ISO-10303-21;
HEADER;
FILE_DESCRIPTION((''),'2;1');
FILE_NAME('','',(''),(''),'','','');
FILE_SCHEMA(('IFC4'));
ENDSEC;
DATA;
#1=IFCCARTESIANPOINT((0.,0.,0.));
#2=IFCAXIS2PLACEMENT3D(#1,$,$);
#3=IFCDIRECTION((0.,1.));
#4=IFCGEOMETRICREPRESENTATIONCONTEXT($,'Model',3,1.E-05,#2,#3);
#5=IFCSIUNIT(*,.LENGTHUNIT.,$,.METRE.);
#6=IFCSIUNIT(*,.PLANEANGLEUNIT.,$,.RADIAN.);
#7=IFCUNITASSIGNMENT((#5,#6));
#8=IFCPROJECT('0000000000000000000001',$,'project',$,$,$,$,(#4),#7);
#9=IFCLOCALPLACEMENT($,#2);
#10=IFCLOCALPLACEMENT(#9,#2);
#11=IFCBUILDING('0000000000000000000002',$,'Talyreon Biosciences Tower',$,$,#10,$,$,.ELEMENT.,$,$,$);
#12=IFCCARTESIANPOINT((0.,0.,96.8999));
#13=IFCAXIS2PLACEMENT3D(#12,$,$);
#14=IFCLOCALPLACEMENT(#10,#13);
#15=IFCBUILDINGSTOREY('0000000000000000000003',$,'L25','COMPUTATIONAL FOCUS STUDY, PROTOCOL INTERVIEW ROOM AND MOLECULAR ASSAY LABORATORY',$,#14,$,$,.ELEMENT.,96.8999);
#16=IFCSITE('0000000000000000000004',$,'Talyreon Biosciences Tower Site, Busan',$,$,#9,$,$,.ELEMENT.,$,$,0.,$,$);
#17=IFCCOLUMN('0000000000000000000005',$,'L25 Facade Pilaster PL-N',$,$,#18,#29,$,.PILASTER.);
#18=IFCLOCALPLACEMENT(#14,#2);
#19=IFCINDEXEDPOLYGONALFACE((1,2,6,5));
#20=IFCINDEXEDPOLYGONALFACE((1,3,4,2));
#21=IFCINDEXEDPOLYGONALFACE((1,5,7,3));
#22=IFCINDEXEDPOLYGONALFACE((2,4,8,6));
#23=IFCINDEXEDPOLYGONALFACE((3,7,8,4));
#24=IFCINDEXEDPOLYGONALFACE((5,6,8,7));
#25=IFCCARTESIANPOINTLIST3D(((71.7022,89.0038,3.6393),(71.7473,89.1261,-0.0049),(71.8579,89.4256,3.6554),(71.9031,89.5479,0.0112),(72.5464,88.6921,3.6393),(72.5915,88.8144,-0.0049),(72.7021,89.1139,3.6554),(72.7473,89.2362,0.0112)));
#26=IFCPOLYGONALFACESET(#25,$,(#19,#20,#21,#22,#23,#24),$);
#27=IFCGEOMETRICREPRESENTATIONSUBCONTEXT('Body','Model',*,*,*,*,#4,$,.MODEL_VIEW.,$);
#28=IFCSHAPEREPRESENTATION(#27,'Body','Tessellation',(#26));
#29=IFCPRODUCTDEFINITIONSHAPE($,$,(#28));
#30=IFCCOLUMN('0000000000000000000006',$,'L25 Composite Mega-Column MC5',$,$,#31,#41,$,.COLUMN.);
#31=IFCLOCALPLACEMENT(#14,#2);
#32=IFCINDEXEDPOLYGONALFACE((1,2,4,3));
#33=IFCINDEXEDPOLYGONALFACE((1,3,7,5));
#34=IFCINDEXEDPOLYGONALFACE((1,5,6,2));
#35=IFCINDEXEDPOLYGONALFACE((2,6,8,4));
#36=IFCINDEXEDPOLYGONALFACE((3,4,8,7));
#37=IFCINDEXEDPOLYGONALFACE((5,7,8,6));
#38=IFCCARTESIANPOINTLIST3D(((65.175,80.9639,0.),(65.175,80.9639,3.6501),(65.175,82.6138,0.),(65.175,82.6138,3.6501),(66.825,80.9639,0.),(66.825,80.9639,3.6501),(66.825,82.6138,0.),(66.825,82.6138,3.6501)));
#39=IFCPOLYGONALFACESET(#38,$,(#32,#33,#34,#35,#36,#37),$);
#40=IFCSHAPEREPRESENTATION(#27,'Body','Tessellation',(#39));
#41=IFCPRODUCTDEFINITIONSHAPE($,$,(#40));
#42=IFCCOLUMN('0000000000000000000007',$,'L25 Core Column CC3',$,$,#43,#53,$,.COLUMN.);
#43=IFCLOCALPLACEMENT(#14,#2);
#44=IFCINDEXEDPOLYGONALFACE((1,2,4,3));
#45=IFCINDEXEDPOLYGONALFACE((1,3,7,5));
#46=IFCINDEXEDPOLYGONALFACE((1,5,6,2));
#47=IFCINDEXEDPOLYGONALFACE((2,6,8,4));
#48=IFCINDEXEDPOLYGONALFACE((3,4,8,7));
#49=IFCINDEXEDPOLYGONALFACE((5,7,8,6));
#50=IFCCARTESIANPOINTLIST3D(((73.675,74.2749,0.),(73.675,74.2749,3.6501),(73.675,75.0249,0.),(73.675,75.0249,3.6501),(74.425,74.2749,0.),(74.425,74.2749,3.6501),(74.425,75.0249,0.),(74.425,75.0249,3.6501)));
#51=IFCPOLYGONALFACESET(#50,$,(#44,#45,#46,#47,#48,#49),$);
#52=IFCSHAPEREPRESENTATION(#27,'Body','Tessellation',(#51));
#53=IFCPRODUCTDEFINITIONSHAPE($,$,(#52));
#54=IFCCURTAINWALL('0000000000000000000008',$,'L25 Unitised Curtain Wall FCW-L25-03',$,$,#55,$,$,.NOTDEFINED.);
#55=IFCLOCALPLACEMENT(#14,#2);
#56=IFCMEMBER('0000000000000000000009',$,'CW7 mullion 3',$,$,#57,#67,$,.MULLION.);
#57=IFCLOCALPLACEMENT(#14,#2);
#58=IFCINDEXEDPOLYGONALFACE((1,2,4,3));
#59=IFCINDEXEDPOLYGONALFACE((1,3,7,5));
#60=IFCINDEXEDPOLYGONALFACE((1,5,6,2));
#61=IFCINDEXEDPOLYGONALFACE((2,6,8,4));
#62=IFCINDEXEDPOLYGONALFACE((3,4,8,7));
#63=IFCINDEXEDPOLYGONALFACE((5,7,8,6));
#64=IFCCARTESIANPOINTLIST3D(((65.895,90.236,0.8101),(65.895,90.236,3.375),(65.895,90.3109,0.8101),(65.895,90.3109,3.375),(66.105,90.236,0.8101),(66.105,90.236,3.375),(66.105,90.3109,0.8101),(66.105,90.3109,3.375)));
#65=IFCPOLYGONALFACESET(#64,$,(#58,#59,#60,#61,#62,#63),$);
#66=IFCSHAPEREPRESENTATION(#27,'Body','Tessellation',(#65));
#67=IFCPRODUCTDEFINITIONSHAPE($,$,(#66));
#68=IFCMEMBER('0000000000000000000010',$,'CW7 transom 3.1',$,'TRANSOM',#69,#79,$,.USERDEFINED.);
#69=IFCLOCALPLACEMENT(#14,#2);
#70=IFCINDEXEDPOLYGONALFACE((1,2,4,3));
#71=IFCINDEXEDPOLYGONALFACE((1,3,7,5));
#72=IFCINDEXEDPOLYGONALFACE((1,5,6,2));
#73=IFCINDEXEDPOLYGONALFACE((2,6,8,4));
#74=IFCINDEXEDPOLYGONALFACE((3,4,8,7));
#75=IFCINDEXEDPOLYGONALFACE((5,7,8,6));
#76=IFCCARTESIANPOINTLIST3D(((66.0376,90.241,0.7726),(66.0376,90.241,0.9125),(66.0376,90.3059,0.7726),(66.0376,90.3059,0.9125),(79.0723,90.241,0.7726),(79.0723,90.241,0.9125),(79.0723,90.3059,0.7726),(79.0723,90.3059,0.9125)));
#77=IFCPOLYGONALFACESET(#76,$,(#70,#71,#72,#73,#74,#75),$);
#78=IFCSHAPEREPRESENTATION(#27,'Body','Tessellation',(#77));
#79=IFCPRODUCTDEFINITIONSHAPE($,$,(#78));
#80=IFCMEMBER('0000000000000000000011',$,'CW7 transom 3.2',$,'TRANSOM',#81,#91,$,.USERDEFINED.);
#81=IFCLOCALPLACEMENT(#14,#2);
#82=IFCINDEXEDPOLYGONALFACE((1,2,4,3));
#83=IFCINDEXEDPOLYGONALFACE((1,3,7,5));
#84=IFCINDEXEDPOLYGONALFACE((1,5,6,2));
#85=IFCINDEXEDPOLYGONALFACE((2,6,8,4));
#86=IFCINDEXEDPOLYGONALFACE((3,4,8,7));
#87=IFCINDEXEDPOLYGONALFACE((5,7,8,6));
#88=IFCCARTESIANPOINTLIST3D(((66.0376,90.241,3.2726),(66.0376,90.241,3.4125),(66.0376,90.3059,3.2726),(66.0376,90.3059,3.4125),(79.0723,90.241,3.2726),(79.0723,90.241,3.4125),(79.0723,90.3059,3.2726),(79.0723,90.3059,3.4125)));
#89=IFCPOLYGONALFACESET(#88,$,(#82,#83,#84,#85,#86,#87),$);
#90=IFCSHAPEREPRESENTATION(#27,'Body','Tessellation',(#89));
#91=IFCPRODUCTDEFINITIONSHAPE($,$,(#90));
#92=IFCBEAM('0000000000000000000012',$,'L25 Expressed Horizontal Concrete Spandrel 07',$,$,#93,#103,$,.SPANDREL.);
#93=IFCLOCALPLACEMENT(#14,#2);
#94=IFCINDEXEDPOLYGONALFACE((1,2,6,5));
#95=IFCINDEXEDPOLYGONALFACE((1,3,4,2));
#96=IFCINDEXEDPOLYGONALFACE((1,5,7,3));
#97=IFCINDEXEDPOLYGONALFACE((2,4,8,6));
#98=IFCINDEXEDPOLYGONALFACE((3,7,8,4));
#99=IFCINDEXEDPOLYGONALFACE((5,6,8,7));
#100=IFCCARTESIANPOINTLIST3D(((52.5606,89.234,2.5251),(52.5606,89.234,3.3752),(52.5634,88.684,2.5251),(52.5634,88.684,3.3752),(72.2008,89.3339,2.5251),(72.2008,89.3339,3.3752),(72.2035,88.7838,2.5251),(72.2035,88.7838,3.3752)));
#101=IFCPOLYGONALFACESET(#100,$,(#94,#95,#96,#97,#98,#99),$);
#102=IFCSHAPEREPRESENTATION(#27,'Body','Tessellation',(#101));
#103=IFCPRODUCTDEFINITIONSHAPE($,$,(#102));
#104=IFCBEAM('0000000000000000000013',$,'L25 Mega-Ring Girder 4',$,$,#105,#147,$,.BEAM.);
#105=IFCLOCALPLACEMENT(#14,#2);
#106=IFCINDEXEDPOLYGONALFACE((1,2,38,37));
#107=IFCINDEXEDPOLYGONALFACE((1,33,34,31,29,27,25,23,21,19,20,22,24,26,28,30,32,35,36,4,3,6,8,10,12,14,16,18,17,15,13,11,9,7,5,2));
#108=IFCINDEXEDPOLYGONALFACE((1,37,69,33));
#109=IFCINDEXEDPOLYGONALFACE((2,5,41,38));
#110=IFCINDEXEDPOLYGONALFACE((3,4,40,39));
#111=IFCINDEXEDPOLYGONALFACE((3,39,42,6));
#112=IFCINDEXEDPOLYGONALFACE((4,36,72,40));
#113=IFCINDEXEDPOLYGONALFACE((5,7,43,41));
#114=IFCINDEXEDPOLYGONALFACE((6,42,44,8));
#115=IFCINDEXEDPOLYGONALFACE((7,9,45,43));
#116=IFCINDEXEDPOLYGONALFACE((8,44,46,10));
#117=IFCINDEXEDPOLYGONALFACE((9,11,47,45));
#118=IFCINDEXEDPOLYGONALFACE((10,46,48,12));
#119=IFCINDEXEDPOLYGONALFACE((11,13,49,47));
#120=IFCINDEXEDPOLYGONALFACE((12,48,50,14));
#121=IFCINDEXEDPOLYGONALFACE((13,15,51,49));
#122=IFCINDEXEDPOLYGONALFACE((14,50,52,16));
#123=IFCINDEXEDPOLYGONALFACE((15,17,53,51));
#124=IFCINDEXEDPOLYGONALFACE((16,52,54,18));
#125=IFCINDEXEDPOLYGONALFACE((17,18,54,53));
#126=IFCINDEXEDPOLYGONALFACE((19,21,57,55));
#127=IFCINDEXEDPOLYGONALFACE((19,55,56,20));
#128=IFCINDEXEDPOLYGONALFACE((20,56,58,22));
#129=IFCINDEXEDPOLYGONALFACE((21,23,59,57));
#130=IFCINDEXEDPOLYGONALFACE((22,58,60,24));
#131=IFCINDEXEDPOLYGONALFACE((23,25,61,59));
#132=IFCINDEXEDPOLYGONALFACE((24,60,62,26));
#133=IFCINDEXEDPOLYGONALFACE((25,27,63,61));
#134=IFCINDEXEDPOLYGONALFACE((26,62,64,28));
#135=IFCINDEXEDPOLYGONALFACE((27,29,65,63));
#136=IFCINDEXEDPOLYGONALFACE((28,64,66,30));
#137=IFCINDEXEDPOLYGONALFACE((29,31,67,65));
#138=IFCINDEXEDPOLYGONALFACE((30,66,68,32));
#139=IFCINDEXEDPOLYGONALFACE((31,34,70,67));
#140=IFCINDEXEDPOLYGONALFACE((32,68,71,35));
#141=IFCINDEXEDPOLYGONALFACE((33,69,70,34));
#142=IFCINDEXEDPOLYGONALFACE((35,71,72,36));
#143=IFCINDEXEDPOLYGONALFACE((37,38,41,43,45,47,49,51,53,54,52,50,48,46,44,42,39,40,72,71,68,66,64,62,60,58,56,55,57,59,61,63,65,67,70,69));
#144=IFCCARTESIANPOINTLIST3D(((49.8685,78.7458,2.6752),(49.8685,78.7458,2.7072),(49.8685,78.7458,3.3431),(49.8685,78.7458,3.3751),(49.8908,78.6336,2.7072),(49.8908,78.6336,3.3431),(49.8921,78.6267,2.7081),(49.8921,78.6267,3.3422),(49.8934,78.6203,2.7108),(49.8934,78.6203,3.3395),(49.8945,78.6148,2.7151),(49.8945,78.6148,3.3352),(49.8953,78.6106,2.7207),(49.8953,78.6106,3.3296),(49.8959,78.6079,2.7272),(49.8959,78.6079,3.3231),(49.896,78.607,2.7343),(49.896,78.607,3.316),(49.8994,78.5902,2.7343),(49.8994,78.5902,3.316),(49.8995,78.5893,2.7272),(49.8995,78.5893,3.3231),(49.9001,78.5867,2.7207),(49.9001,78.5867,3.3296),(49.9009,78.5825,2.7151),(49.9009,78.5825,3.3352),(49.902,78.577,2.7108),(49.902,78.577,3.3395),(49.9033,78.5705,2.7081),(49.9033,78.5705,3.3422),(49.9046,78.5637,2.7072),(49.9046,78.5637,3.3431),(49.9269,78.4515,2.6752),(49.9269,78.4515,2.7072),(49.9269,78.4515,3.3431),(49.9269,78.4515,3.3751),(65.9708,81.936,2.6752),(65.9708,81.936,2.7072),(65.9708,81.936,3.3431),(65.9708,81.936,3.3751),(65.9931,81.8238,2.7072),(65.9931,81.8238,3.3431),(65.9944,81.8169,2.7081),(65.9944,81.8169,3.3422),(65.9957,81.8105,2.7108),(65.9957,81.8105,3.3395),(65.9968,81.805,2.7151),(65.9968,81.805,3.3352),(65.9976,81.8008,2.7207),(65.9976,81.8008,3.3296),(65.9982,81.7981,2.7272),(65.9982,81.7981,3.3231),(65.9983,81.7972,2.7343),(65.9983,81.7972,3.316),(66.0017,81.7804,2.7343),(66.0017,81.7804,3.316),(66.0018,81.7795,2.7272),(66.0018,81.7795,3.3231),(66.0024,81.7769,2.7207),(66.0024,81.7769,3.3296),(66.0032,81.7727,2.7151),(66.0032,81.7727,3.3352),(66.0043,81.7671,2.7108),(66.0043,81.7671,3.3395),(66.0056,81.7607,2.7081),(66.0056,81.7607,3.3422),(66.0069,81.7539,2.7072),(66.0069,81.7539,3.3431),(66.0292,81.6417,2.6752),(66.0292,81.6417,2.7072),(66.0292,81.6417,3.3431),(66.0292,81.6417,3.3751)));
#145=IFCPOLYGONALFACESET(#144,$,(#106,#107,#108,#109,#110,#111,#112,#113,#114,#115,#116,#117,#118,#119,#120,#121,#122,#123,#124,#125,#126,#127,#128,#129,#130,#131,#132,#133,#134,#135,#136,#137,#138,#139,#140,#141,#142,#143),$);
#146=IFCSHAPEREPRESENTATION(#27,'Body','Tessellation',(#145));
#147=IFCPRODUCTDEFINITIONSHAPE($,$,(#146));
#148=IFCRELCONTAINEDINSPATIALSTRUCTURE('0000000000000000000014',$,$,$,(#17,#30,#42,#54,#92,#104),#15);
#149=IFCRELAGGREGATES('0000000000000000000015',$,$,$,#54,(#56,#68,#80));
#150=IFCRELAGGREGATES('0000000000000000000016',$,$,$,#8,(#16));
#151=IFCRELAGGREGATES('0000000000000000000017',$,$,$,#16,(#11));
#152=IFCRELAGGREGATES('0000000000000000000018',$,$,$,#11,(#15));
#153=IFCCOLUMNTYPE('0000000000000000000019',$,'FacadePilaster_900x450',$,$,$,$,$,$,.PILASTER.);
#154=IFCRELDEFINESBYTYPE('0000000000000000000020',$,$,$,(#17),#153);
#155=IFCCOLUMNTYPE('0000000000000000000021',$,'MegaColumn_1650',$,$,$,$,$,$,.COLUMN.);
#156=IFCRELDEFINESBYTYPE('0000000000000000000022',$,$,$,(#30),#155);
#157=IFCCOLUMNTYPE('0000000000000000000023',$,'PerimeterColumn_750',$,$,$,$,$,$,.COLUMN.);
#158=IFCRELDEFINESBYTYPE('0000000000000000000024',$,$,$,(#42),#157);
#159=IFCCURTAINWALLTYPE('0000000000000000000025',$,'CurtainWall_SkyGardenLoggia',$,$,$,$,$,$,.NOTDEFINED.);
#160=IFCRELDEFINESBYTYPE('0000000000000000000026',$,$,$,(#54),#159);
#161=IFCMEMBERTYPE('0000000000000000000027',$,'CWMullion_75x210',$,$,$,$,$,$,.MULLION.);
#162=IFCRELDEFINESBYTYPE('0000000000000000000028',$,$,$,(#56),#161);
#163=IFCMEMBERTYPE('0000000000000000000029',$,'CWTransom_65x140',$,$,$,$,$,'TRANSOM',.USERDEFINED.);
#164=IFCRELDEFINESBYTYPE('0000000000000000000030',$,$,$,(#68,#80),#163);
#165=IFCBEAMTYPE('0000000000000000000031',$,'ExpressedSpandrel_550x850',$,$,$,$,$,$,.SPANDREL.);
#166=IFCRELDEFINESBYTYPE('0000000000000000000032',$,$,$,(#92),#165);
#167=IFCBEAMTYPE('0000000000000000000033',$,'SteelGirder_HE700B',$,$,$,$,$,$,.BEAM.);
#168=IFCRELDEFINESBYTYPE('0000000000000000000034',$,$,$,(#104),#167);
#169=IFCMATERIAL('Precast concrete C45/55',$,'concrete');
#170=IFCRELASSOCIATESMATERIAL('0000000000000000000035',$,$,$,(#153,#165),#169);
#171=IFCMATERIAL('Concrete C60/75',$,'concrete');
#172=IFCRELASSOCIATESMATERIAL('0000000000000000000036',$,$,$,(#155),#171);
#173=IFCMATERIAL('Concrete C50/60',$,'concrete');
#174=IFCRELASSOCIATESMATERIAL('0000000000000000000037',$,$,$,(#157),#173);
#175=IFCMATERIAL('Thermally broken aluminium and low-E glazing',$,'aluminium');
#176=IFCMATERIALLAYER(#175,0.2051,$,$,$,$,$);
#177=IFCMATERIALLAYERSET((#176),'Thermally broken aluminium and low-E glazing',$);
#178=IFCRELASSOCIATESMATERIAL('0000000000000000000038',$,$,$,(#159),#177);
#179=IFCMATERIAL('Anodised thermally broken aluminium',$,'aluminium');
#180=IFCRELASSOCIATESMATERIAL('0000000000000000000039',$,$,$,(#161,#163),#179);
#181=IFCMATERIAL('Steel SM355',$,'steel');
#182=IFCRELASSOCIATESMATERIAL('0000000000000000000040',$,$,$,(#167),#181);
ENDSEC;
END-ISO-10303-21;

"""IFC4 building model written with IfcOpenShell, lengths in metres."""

from ifc_helpers import new_model, si_unit, direction, frame, origin, origin_2d, place, context, subcontext, project, spatial, rectangle, i_section, extrude, material, layer, layer_set, material_profile, profile_set, type_object, element, aggregate, save


model = new_model("IFC4")

# Units and contexts
model_context = context("Model", 3, precision=1e-05, world=origin(), true_north=direction((0.0, 1.0)))
body_context = subcontext(model_context, "Body", "Model", "MODEL_VIEW")
ifc_project = project(units=[si_unit("LENGTHUNIT", "METRE"), si_unit("PLANEANGLEUNIT", "RADIAN")], contexts=[model_context])

# Site, building, storey
site_placement = place(None, origin())
site = spatial("IfcSite", under=ifc_project, at=site_placement, Name="Talyreon Biosciences Tower Site, Busan", CompositionType="ELEMENT", RefElevation=0.0)
building_placement = place(site_placement, origin())
building = spatial("IfcBuilding", under=site, at=building_placement, Name="Talyreon Biosciences Tower", CompositionType="ELEMENT")
storey_placement = place(building_placement, frame((0.0, 0.0, 96.8999)))
storey = spatial("IfcBuildingStorey", under=building, at=storey_placement, Name="L25", Description="COMPUTATIONAL FOCUS STUDY, PROTOCOL INTERVIEW ROOM AND MOLECULAR ASSAY LABORATORY", CompositionType="ELEMENT", Elevation=96.8999)

# Columns
ifc_material_1 = material(Name="Precast concrete C45/55", Category="concrete")
ifc_material_profile_1 = material_profile(ifc_material_1, rectangle(XDim=0.8999, YDim=0.45, at=origin_2d()), Name="RC 900x450")
ifc_profile_set_1 = profile_set([ifc_material_profile_1], Name="Precast concrete C45/55")
column_type_1 = type_object("IfcColumnType", Name="FacadePilaster_900x450", PredefinedType="PILASTER", material=ifc_profile_set_1)
column_1_placement = place(storey_placement, frame((72.2473, 89.1812, 0.0032), z_axis=(-0.012387, -0.033544, 0.99936), x_axis=(-0.938087, 0.346399, 0.0)))
element("IfcColumn", 1, at=column_1_placement, inside=storey, type_object=column_type_1, Name="L25 Facade Pilaster PL-N", PredefinedType="PILASTER", context=body_context, shape_type="SweptSolid", body=[
    extrude(rectangle(XDim=0.8999, YDim=0.45, at=origin_2d()), origin(), (0.0, 0.0, 1.0), 3.6465),
])
ifc_material_2 = material(Name="Concrete C60/75", Category="concrete")
ifc_material_profile_2 = material_profile(ifc_material_2, rectangle(XDim=1.6499, YDim=1.6499, at=origin_2d()), Name="RC 1650x1650")
ifc_profile_set_2 = profile_set([ifc_material_profile_2], Name="Concrete C60/75")
column_type_2 = type_object("IfcColumnType", Name="MegaColumn_1650", PredefinedType="COLUMN", material=ifc_profile_set_2)
column_2_placement = place(storey_placement, frame((66.0, 81.7888, 0.0), z_axis=(0.0, 0.0, 1.0), x_axis=(1.0, 0.0, 0.0)))
element("IfcColumn", 2, at=column_2_placement, inside=storey, type_object=column_type_2, Name="L25 Composite Mega-Column MC5", PredefinedType="COLUMN", context=body_context, shape_type="SweptSolid", body=[
    extrude(rectangle(XDim=1.6499, YDim=1.6499, at=origin_2d()), origin(), (0.0, 0.0, 1.0), 3.6501),
])
ifc_material_3 = material(Name="Concrete C50/60", Category="concrete")
ifc_material_profile_3 = material_profile(ifc_material_3, rectangle(XDim=0.75, YDim=0.75, at=origin_2d()), Name="RC 750x750")
ifc_profile_set_3 = profile_set([ifc_material_profile_3], Name="Concrete C50/60")
column_type_3 = type_object("IfcColumnType", Name="PerimeterColumn_750", PredefinedType="COLUMN", material=ifc_profile_set_3)
column_3_placement = place(storey_placement, frame((74.05, 74.6499, 0.0), z_axis=(0.0, 0.0, 1.0), x_axis=(1.0, 0.0, 0.0)))
element("IfcColumn", 3, at=column_3_placement, inside=storey, type_object=column_type_3, Name="L25 Core Column CC3", PredefinedType="COLUMN", context=body_context, shape_type="SweptSolid", body=[
    extrude(rectangle(XDim=0.75, YDim=0.75, at=origin_2d()), origin(), (0.0, 0.0, 1.0), 3.6501),
])

# Curtain wall, members
ifc_material_4 = material(Name="Thermally broken aluminium and low-E glazing", Category="aluminium")
ifc_layer_1 = layer(ifc_material_4, 0.2051)
ifc_layer_set_1 = layer_set([ifc_layer_1], Name="Thermally broken aluminium and low-E glazing")
curtain_wall_type = type_object("IfcCurtainWallType", Name="CurtainWall_SkyGardenLoggia", PredefinedType="NOTDEFINED", material=ifc_layer_set_1)
curtain_wall_placement = place(storey_placement, origin())
curtain_wall = element("IfcCurtainWall", 4, at=curtain_wall_placement, inside=storey, type_object=curtain_wall_type, Name="L25 Unitised Curtain Wall FCW-L25-03", PredefinedType="NOTDEFINED")
ifc_material_5 = material(Name="Anodised thermally broken aluminium", Category="aluminium")
ifc_material_profile_4 = material_profile(ifc_material_5, rectangle(XDim=0.075, YDim=0.21, at=origin_2d()), Name="ALUM MULLION 75x210")
ifc_profile_set_4 = profile_set([ifc_material_profile_4], Name="Anodised thermally broken aluminium")
member_type_1 = type_object("IfcMemberType", Name="CWMullion_75x210", PredefinedType="MULLION", material=ifc_profile_set_4)
member_1_placement = place(storey_placement, frame((66.0, 90.2734, 0.8101), z_axis=(0.0, 0.0, 1.0), x_axis=(0.0, 1.0, 0.0)))
member_1 = element("IfcMember", 5, at=member_1_placement, type_object=member_type_1, Name="CW7 mullion 3", PredefinedType="MULLION", context=body_context, shape_type="SweptSolid", body=[
    extrude(rectangle(XDim=0.075, YDim=0.21, at=origin_2d()), origin(), (0.0, 0.0, 1.0), 2.5649),
])
ifc_material_profile_5 = material_profile(ifc_material_5, rectangle(XDim=0.0649, YDim=0.1399, at=origin_2d()), Name="ALUM TRANSOM 65x140")
ifc_profile_set_5 = profile_set([ifc_material_profile_5], Name="Anodised thermally broken aluminium")
member_type_2 = type_object("IfcMemberType", Name="CWTransom_65x140", ElementType="TRANSOM", PredefinedType="USERDEFINED", material=ifc_profile_set_5)
member_2_placement = place(storey_placement, frame((66.0376, 90.2734, 0.8425), z_axis=(1.0, 0.0, 0.0), x_axis=(0.0, 1.0, 0.0)))
member_2 = element("IfcMember", 6, at=member_2_placement, type_object=member_type_2, Name="CW7 transom 3.1", ObjectType="TRANSOM", PredefinedType="USERDEFINED", context=body_context, shape_type="SweptSolid", body=[
    extrude(rectangle(XDim=0.0649, YDim=0.1399, at=origin_2d()), origin(), (0.0, 0.0, 1.0), 13.0347),
])
member_3_placement = place(storey_placement, frame((66.0376, 90.2734, 3.3425), z_axis=(1.0, 0.0, 0.0), x_axis=(0.0, 1.0, 0.0)))
member_3 = element("IfcMember", 7, at=member_3_placement, type_object=member_type_2, Name="CW7 transom 3.2", ObjectType="TRANSOM", PredefinedType="USERDEFINED", context=body_context, shape_type="SweptSolid", body=[
    extrude(rectangle(XDim=0.0649, YDim=0.1399, at=origin_2d()), origin(), (0.0, 0.0, 1.0), 13.0347),
])

# Beams
ifc_material_profile_6 = material_profile(ifc_material_1, rectangle(XDim=0.55, YDim=0.8501, at=origin_2d()), Name="RCB 550x850")
ifc_profile_set_6 = profile_set([ifc_material_profile_6], Name="Precast concrete C45/55")
beam_type_1 = type_object("IfcBeamType", Name="ExpressedSpandrel_550x850", PredefinedType="SPANDREL", material=ifc_profile_set_6)
beam_1_placement = place(storey_placement, frame((72.2021, 89.0588, 2.9502), z_axis=(-0.999987, -0.005084, 0.0), x_axis=(0.005084, -0.999987, 0.0)))
element("IfcBeam", 8, at=beam_1_placement, inside=storey, type_object=beam_type_1, Name="L25 Expressed Horizontal Concrete Spandrel 07", PredefinedType="SPANDREL", context=body_context, shape_type="SweptSolid", body=[
    extrude(rectangle(XDim=0.55, YDim=0.8501, at=origin_2d()), origin(), (0.0, 0.0, 1.0), 19.6404),
])
ifc_material_6 = material(Name="Steel SM355", Category="steel")
ifc_material_profile_7 = material_profile(ifc_material_6, i_section(OverallWidth=0.3, OverallDepth=0.7, WebThickness=0.0171, FlangeThickness=0.032, FilletRadius=0.0271, at=origin_2d()), Name="HE700B")
ifc_profile_set_7 = profile_set([ifc_material_profile_7], Name="Steel SM355")
beam_type_2 = type_object("IfcBeamType", Name="SteelGirder_HE700B", PredefinedType="BEAM", material=ifc_profile_set_7)
beam_2_placement = place(storey_placement, frame((66.0, 81.7888, 3.0251), z_axis=(-0.980934, -0.194343, 0.0), x_axis=(0.194343, -0.980934, 0.0)))
element("IfcBeam", 9, at=beam_2_placement, inside=storey, type_object=beam_type_2, Name="L25 Mega-Ring Girder 4", PredefinedType="BEAM", context=body_context, shape_type="SweptSolid", body=[
    extrude(i_section(OverallWidth=0.3, OverallDepth=0.7, WebThickness=0.0171, FlangeThickness=0.032, FilletRadius=0.0271, at=origin_2d()), origin(), (0.0, 0.0, 1.0), 16.4153),
])

aggregate(curtain_wall, [member_1, member_2, member_3])

save(model, "model.ifc")
